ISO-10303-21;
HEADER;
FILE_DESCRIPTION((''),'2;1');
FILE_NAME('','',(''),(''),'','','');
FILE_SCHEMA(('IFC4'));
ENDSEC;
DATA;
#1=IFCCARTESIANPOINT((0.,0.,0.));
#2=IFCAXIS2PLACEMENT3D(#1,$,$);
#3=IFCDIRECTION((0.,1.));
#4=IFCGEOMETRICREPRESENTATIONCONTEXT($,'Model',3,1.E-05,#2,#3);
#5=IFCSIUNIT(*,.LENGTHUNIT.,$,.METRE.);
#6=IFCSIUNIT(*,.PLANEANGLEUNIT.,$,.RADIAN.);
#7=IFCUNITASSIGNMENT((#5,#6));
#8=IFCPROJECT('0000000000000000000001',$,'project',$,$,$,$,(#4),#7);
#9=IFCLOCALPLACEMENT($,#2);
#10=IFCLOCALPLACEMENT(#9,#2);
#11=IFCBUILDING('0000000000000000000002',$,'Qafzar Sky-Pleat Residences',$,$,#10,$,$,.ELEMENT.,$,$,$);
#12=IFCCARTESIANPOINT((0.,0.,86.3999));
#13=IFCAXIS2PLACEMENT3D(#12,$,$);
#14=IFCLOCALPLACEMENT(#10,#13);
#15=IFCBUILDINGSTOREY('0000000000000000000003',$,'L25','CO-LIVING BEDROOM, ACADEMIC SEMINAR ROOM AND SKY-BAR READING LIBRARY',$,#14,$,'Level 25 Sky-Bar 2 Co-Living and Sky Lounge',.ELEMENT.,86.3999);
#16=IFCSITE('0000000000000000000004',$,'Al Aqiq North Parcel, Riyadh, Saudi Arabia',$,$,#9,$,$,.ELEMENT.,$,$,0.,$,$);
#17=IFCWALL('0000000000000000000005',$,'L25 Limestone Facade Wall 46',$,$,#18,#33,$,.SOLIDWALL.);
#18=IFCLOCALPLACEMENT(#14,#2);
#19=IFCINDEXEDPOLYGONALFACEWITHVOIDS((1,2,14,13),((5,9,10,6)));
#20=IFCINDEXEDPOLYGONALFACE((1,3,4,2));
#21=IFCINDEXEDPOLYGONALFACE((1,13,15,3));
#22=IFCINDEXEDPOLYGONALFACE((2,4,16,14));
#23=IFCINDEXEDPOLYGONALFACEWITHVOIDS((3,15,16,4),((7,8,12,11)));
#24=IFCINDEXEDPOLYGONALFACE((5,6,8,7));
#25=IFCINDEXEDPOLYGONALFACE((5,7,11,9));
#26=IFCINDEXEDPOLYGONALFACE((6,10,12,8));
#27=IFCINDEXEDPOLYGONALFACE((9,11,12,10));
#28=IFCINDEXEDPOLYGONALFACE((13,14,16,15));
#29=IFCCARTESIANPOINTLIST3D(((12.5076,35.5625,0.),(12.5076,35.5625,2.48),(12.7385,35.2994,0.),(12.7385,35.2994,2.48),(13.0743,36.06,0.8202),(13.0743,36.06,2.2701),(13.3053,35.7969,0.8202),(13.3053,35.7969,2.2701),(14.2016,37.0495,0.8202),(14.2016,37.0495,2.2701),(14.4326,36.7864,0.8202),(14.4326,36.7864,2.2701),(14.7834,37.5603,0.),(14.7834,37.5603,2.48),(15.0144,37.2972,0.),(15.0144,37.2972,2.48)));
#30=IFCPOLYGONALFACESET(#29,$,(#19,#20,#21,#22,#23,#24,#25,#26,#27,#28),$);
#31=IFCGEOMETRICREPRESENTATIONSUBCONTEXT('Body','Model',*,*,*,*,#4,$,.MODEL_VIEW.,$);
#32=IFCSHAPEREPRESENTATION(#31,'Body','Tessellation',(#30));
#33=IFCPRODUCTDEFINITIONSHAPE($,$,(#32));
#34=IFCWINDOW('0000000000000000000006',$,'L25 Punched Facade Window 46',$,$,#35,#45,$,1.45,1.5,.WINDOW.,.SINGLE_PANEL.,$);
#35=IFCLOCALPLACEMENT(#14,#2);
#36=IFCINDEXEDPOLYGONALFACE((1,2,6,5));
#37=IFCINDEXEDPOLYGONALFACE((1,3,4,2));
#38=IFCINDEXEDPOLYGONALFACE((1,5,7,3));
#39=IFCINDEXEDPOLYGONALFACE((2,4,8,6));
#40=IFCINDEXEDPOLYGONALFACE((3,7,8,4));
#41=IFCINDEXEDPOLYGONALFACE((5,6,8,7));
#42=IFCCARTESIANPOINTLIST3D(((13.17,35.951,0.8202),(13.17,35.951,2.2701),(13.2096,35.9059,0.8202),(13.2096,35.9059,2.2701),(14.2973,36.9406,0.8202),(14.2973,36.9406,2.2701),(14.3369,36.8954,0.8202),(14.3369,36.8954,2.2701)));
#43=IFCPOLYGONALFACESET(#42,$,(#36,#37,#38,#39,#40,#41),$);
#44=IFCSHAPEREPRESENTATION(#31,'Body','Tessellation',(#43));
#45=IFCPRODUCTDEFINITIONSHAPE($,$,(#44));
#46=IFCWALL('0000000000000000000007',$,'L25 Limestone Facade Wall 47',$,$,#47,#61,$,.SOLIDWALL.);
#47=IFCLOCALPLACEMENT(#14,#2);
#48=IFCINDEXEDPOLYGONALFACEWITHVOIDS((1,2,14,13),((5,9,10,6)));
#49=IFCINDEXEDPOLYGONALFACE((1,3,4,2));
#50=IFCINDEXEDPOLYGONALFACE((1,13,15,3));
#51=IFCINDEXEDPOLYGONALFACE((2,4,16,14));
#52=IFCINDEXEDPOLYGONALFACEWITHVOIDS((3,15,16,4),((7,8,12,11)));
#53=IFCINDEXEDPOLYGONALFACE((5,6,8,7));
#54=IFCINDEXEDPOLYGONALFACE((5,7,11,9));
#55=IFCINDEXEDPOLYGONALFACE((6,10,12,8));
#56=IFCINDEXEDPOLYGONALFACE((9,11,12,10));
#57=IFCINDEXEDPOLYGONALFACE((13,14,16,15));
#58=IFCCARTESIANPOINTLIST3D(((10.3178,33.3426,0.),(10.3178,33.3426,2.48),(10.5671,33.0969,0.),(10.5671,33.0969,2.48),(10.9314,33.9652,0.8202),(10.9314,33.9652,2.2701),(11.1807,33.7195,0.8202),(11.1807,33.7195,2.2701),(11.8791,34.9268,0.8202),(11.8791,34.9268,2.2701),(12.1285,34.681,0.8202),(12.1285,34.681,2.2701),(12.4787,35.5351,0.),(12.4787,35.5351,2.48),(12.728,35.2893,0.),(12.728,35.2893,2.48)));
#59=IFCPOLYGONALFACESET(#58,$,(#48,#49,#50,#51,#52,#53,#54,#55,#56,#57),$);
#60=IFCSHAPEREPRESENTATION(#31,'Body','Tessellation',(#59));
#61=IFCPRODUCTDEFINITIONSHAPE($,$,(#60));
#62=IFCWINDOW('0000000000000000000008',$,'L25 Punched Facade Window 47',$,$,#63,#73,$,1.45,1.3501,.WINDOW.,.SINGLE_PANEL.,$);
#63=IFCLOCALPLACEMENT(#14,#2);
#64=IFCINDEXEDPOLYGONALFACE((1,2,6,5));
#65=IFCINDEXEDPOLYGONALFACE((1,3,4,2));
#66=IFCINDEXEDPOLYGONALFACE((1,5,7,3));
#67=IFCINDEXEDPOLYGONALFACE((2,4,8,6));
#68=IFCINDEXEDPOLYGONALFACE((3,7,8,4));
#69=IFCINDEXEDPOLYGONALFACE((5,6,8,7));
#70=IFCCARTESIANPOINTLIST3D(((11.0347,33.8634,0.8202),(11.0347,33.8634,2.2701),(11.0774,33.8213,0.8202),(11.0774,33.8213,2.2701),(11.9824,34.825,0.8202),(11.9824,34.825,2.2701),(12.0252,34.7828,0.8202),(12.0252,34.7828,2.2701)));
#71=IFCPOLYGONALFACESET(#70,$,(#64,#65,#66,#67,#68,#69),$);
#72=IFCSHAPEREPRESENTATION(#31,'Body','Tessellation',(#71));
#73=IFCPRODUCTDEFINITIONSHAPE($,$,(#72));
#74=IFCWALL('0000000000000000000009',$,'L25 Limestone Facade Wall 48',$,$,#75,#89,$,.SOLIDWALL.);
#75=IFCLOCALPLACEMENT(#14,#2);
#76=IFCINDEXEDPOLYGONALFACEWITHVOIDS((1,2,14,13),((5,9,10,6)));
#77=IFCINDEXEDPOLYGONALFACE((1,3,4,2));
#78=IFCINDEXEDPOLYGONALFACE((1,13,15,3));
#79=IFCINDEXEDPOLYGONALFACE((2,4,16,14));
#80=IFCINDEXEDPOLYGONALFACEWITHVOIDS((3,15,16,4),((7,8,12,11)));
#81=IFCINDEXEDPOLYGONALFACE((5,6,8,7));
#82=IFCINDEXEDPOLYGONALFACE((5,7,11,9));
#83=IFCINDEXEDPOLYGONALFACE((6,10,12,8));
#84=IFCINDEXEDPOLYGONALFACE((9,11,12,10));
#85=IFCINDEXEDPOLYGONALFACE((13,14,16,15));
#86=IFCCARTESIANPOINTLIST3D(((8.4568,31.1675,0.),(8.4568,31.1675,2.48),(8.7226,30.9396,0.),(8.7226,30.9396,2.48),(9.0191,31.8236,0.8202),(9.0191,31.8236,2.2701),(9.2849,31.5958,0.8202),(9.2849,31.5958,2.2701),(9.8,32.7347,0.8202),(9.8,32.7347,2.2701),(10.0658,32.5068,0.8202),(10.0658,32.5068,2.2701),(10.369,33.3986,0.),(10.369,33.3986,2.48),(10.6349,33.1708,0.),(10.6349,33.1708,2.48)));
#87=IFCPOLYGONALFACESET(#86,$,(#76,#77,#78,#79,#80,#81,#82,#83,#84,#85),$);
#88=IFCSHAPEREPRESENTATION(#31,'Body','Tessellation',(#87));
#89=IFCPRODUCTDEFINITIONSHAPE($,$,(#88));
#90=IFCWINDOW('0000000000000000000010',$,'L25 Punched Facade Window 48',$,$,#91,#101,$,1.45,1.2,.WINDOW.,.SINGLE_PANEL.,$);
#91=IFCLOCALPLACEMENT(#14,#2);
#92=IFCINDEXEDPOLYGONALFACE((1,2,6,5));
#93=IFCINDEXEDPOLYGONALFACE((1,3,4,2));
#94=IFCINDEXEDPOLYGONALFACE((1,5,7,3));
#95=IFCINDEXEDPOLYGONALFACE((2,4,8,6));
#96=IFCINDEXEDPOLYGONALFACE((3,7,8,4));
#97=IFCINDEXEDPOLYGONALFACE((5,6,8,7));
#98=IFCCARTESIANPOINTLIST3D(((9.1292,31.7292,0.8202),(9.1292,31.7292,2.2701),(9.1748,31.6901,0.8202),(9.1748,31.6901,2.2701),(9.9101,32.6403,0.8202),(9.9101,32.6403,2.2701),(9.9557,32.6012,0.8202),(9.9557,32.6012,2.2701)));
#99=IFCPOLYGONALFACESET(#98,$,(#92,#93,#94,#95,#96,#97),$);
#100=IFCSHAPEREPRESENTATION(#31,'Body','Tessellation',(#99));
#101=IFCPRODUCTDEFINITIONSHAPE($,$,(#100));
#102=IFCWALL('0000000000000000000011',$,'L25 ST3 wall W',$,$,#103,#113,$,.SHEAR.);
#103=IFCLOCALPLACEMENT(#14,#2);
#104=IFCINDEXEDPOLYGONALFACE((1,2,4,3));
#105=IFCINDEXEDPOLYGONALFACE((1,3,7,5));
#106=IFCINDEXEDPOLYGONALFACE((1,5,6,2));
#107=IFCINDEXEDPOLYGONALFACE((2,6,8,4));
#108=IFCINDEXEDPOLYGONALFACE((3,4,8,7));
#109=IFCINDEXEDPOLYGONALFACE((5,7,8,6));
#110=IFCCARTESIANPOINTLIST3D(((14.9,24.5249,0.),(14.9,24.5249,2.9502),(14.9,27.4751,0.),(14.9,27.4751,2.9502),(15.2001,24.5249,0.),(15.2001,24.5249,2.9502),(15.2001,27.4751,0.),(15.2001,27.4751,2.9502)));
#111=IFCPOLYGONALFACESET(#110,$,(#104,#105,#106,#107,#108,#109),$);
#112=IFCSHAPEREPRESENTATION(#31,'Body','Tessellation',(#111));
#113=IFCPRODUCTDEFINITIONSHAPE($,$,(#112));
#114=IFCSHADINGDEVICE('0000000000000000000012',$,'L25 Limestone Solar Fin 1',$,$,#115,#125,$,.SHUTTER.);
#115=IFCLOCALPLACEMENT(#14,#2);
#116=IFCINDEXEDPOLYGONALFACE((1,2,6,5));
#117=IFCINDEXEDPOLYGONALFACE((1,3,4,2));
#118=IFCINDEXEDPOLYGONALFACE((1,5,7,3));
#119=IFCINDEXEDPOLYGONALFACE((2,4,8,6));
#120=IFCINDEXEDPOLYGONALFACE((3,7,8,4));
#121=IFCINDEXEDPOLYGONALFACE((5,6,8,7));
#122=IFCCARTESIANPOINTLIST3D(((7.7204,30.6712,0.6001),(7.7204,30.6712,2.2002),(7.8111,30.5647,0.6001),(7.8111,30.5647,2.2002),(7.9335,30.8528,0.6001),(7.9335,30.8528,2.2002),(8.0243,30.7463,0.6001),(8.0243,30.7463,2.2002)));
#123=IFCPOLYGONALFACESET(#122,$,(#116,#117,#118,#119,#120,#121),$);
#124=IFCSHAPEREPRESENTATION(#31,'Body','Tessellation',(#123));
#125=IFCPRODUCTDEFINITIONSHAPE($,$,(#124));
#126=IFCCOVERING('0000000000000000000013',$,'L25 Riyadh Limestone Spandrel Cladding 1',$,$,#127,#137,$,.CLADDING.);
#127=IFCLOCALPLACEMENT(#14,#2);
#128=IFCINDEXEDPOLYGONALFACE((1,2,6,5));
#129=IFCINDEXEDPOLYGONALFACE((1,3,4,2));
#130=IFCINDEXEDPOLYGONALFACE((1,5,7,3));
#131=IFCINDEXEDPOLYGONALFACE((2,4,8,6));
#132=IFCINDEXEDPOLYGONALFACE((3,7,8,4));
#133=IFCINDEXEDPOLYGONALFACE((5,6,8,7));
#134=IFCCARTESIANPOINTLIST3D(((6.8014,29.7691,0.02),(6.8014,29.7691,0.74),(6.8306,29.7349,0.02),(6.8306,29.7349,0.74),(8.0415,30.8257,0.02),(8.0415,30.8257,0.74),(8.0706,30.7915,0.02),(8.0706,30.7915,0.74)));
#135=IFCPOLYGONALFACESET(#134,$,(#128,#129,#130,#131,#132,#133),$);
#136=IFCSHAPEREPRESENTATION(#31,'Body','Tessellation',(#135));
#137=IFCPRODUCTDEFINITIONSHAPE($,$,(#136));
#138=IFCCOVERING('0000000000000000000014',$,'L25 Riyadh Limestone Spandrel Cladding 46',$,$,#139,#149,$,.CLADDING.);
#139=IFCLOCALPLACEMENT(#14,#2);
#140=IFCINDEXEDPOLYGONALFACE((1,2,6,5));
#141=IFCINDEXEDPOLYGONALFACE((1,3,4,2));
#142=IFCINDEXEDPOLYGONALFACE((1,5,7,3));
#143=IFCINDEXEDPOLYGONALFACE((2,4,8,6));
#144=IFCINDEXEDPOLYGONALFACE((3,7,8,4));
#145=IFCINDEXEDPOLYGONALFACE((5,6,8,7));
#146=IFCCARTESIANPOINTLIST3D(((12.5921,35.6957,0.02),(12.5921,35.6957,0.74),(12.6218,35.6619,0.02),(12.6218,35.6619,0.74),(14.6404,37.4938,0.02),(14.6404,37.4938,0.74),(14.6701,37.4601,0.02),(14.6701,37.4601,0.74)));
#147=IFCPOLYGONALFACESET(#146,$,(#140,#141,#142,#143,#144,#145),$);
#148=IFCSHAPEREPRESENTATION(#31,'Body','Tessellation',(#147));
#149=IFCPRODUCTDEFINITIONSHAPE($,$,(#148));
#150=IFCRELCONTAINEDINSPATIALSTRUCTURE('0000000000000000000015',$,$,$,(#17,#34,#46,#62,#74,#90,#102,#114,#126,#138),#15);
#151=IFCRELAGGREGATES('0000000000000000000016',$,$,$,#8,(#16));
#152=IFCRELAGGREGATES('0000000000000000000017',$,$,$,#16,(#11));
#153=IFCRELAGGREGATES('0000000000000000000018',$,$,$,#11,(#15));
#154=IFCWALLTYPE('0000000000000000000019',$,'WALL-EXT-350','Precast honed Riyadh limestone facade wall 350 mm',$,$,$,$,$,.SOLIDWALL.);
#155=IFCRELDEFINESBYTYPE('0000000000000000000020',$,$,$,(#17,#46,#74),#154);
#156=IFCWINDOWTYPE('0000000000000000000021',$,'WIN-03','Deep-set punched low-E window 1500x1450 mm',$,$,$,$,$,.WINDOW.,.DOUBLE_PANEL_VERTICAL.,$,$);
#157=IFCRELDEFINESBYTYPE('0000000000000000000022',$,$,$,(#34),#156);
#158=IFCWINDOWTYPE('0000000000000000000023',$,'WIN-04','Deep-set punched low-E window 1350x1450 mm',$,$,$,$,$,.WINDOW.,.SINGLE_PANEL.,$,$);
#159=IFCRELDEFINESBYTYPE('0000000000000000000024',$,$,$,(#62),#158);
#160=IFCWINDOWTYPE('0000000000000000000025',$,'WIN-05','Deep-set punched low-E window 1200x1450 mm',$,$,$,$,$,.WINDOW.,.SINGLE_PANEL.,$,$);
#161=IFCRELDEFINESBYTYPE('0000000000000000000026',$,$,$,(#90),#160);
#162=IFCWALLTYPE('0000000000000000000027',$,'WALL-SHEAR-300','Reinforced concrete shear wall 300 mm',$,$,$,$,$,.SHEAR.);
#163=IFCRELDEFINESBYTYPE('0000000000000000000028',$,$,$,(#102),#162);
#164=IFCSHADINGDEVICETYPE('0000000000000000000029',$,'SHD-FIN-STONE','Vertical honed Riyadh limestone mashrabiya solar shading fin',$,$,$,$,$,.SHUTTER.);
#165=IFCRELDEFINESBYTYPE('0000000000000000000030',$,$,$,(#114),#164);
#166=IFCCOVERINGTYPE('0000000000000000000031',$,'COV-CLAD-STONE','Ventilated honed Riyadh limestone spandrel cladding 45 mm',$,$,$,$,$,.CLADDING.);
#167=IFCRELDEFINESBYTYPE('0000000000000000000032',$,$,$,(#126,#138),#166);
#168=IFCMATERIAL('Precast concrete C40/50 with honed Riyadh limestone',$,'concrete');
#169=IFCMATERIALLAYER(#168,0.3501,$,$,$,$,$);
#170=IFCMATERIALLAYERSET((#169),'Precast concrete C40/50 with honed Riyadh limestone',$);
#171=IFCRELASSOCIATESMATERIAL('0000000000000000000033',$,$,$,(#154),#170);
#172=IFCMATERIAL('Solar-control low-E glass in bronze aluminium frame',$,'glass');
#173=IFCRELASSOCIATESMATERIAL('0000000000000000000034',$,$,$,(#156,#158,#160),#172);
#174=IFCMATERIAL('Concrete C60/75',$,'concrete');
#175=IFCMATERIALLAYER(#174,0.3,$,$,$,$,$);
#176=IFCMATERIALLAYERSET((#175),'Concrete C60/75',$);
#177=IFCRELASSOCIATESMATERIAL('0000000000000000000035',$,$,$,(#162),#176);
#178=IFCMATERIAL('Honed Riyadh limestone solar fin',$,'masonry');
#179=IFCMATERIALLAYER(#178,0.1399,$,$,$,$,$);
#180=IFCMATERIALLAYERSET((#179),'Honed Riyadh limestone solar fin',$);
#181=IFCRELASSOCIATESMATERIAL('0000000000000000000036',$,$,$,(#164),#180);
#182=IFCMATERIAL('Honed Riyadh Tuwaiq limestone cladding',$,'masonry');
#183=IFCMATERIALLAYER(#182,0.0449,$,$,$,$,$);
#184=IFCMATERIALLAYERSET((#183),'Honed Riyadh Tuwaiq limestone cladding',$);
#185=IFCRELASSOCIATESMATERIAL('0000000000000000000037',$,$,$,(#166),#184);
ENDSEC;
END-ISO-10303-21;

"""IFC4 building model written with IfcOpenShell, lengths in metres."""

from ifc_helpers import new_model, si_unit, direction, frame, frame_2d, origin, origin_2d, place, context, subcontext, project, spatial, rectangle, extrude, source, transform, mapped, material, layer, layer_set, type_object, element, fill, save


model = new_model("IFC4")

# Units and contexts
model_context = context("Model", 3, precision=1e-05, world=origin(), true_north=direction((0.0, 1.0)))
body_context = subcontext(model_context, "Body", "Model", "MODEL_VIEW")
ifc_project = project(units=[si_unit("LENGTHUNIT", "METRE"), si_unit("PLANEANGLEUNIT", "RADIAN")], contexts=[model_context])

# Site, building, storey
site_placement = place(None, origin())
site = spatial("IfcSite", under=ifc_project, at=site_placement, Name="Al Aqiq North Parcel, Riyadh, Saudi Arabia", CompositionType="ELEMENT", RefElevation=0.0)
building_placement = place(site_placement, origin())
building = spatial("IfcBuilding", under=site, at=building_placement, Name="Qafzar Sky-Pleat Residences", CompositionType="ELEMENT")
storey_placement = place(building_placement, frame((0.0, 0.0, 86.3999)))
storey = spatial("IfcBuildingStorey", under=building, at=storey_placement, Name="L25", Description="CO-LIVING BEDROOM, ACADEMIC SEMINAR ROOM AND SKY-BAR READING LIBRARY", LongName="Level 25 Sky-Bar 2 Co-Living and Sky Lounge", CompositionType="ELEMENT", Elevation=86.3999)

# Shared definitions
ifc_material_1 = material(Name="Concrete C60/75", Category="concrete")

# Shared definitions
ifc_material_2 = material(Name="Precast concrete C40/50 with honed Riyadh limestone", Category="concrete")

# Walls, openings, windows
ifc_layer_1 = layer(ifc_material_2, 0.3501)
ifc_layer_set_1 = layer_set([ifc_layer_1], Name="Precast concrete C40/50 with honed Riyadh limestone")
wall_type_1 = type_object("IfcWallType", Name="WALL-EXT-350", Description="Precast honed Riyadh limestone facade wall 350 mm", PredefinedType="SOLIDWALL", material=ifc_layer_set_1)
ifc_material_3 = material(Name="Solar-control low-E glass in bronze aluminium frame", Category="glass")
wall_1_placement = place(storey_placement, frame((14.8989, 37.4287, 0.0), z_axis=(0.0, 0.0, 1.0), x_axis=(-0.751527, -0.659702, 0.0)))
wall_1 = element("IfcWall", 1, at=wall_1_placement, inside=storey, type_object=wall_type_1, Name="L25 Limestone Facade Wall 46", PredefinedType="SOLIDWALL", context=body_context, shape_type="SweptSolid", body=[
    extrude(rectangle(XDim=3.0283, YDim=0.3501, at=frame_2d((1.5142, 0.0))), origin(), (0.0, 0.0, 1.0), 2.48),
])
opening_1_placement = place(wall_1_placement, frame((0.7742, 0.0, 0.8201)))
opening_1 = element("IfcOpeningElement", 2, at=opening_1_placement, cuts=wall_1, PredefinedType="OPENING", context=body_context, shape_type="SweptSolid", body=[
    extrude(rectangle(XDim=1.5, YDim=1.45, at=frame_2d((0.75, 0.7251))), frame((0.0, 0.1851, 0.0), z_axis=(0.0, -1.0, 0.0), x_axis=(1.0, 0.0, 0.0)), (0.0, 0.0, 1.0), 0.3701),
])
window_type_1 = type_object("IfcWindowType", Name="WIN-03", Description="Deep-set punched low-E window 1500x1450 mm", PartitioningType="DOUBLE_PANEL_VERTICAL", PredefinedType="WINDOW", material=ifc_material_3)
shared_shape_1 = source(origin(), body_context, "Body", "SweptSolid", [
    extrude(rectangle(XDim=1.5, YDim=1.45, at=frame_2d((0.75, 0.7251))), frame((0.0, 0.03, 0.0), z_axis=(0.0, -1.0, 0.0), x_axis=(1.0, 0.0, 0.0)), (0.0, 0.0, 1.0), 0.0601),
])
window_1_placement = place(opening_1_placement, origin())
window_1 = element("IfcWindow", 3, at=window_1_placement, inside=storey, type_object=window_type_1, Name="L25 Punched Facade Window 46", OverallHeight=1.45, OverallWidth=1.5, PartitioningType="SINGLE_PANEL", PredefinedType="WINDOW", context=body_context, shape_type="MappedRepresentation", body=[
    mapped(shared_shape_1, transform((0.0, 0.0, 0.0), x_axis=(1.0, 0.0, 0.0), y_axis=(0.0, 1.0, 0.0), z_axis=(0.0, 0.0, 1.0), scale=1.0)),
])
fill(opening_1, window_1)
wall_2_placement = place(storey_placement, frame((12.6033, 35.4121, 0.0), z_axis=(0.0, 0.0, 1.0), x_axis=(-0.701973, -0.712204, 0.0)))
wall_2 = element("IfcWall", 4, at=wall_2_placement, inside=storey, type_object=wall_type_1, Name="L25 Limestone Facade Wall 47", PredefinedType="SOLIDWALL", context=body_context, shape_type="SweptSolid", body=[
    extrude(rectangle(XDim=3.0784, YDim=0.3501, at=frame_2d((1.5391, 0.0))), origin(), (0.0, 0.0, 1.0), 2.48),
])
opening_2_placement = place(wall_2_placement, frame((0.854, 0.0, 0.8201)))
opening_2 = element("IfcOpeningElement", 5, at=opening_2_placement, cuts=wall_2, PredefinedType="OPENING", context=body_context, shape_type="SweptSolid", body=[
    extrude(rectangle(XDim=1.3501, YDim=1.45, at=frame_2d((0.675, 0.7251))), frame((0.0, 0.1851, 0.0), z_axis=(0.0, -1.0, 0.0), x_axis=(1.0, 0.0, 0.0)), (0.0, 0.0, 1.0), 0.3701),
])
window_type_2 = type_object("IfcWindowType", Name="WIN-04", Description="Deep-set punched low-E window 1350x1450 mm", PartitioningType="SINGLE_PANEL", PredefinedType="WINDOW", material=ifc_material_3)
shared_shape_2 = source(origin(), body_context, "Body", "SweptSolid", [
    extrude(rectangle(XDim=1.3501, YDim=1.45, at=frame_2d((0.675, 0.7251))), frame((0.0, 0.03, 0.0), z_axis=(0.0, -1.0, 0.0), x_axis=(1.0, 0.0, 0.0)), (0.0, 0.0, 1.0), 0.0601),
])
window_2_placement = place(opening_2_placement, origin())
window_2 = element("IfcWindow", 6, at=window_2_placement, inside=storey, type_object=window_type_2, Name="L25 Punched Facade Window 47", OverallHeight=1.45, OverallWidth=1.3501, PartitioningType="SINGLE_PANEL", PredefinedType="WINDOW", context=body_context, shape_type="MappedRepresentation", body=[
    mapped(shared_shape_2, transform((0.0, 0.0, 0.0), x_axis=(1.0, 0.0, 0.0), y_axis=(0.0, 1.0, 0.0), z_axis=(0.0, 0.0, 1.0), scale=1.0)),
])
fill(opening_2, window_2)
wall_3_placement = place(storey_placement, frame((10.502, 33.2847, 0.0), z_axis=(0.0, 0.0, 1.0), x_axis=(-0.650771, -0.759274, 0.0)))
wall_3 = element("IfcWall", 7, at=wall_3_placement, inside=storey, type_object=wall_type_1, Name="L25 Limestone Facade Wall 48", PredefinedType="SOLIDWALL", context=body_context, shape_type="SweptSolid", body=[
    extrude(rectangle(XDim=2.9385, YDim=0.3501, at=frame_2d((1.4692, 0.0))), origin(), (0.0, 0.0, 1.0), 2.48),
])
opening_3_placement = place(wall_3_placement, frame((0.8743, 0.0, 0.8201)))
opening_3 = element("IfcOpeningElement", 8, at=opening_3_placement, cuts=wall_3, PredefinedType="OPENING", context=body_context, shape_type="SweptSolid", body=[
    extrude(rectangle(XDim=1.2, YDim=1.45, at=frame_2d((0.6001, 0.7251))), frame((0.0, 0.1851, 0.0), z_axis=(0.0, -1.0, 0.0), x_axis=(1.0, 0.0, 0.0)), (0.0, 0.0, 1.0), 0.3701),
])
window_type_3 = type_object("IfcWindowType", Name="WIN-05", Description="Deep-set punched low-E window 1200x1450 mm", PartitioningType="SINGLE_PANEL", PredefinedType="WINDOW", material=ifc_material_3)
shared_shape_3 = source(origin(), body_context, "Body", "SweptSolid", [
    extrude(rectangle(XDim=1.2, YDim=1.45, at=frame_2d((0.6001, 0.7251))), frame((0.0, 0.03, 0.0), z_axis=(0.0, -1.0, 0.0), x_axis=(1.0, 0.0, 0.0)), (0.0, 0.0, 1.0), 0.0601),
])
window_3_placement = place(opening_3_placement, origin())
window_3 = element("IfcWindow", 9, at=window_3_placement, inside=storey, type_object=window_type_3, Name="L25 Punched Facade Window 48", OverallHeight=1.45, OverallWidth=1.2, PartitioningType="SINGLE_PANEL", PredefinedType="WINDOW", context=body_context, shape_type="MappedRepresentation", body=[
    mapped(shared_shape_3, transform((0.0, 0.0, 0.0), x_axis=(1.0, 0.0, 0.0), y_axis=(0.0, 1.0, 0.0), z_axis=(0.0, 0.0, 1.0), scale=1.0)),
])
fill(opening_3, window_3)

# Wall
ifc_layer_2 = layer(ifc_material_1, 0.3)
ifc_layer_set_2 = layer_set([ifc_layer_2], Name="Concrete C60/75")
wall_type_2 = type_object("IfcWallType", Name="WALL-SHEAR-300", Description="Reinforced concrete shear wall 300 mm", PredefinedType="SHEAR", material=ifc_layer_set_2)
wall_4_placement = place(storey_placement, frame((15.05, 27.4751, 0.0), z_axis=(0.0, 0.0, 1.0), x_axis=(0.0, -1.0, 0.0)))
element("IfcWall", 10, at=wall_4_placement, inside=storey, type_object=wall_type_2, Name="L25 ST3 wall W", PredefinedType="SHEAR", context=body_context, shape_type="SweptSolid", body=[
    extrude(rectangle(XDim=2.9502, YDim=0.3, at=frame_2d((1.4751, 0.0))), origin(), (0.0, 0.0, 1.0), 2.9502),
])

# Shading device
ifc_material_4 = material(Name="Honed Riyadh limestone solar fin", Category="masonry")
ifc_layer_3 = layer(ifc_material_4, 0.1399)
ifc_layer_set_3 = layer_set([ifc_layer_3], Name="Honed Riyadh limestone solar fin")
shading_device_type = type_object("IfcShadingDeviceType", Name="SHD-FIN-STONE", Description="Vertical honed Riyadh limestone mashrabiya solar shading fin", PredefinedType="SHUTTER", material=ifc_layer_set_3)
shared_shape_4 = source(origin(), body_context, "Body", "SweptSolid", [
    extrude(rectangle(XDim=0.1399, YDim=0.28, at=origin_2d()), origin(), (0.0, 0.0, 1.0), 1.6001),
])
shading_device_placement = place(storey_placement, frame((7.8723, 30.7087, 0.6001), z_axis=(0.0, 0.0, 1.0), x_axis=(-0.648554, 0.761169, 0.0)))
element("IfcShadingDevice", 11, at=shading_device_placement, inside=storey, type_object=shading_device_type, Name="L25 Limestone Solar Fin 1", PredefinedType="SHUTTER", context=body_context, shape_type="MappedRepresentation", body=[
    mapped(shared_shape_4, transform((0.0, 0.0, 0.0), x_axis=(1.0, 0.0, 0.0), y_axis=(0.0, 1.0, 0.0), z_axis=(0.0, 0.0, 1.0), scale=1.0)),
])

# Coverings
ifc_material_5 = material(Name="Honed Riyadh Tuwaiq limestone cladding", Category="masonry")
ifc_layer_4 = layer(ifc_material_5, 0.0449)
ifc_layer_set_4 = layer_set([ifc_layer_4], Name="Honed Riyadh Tuwaiq limestone cladding")
covering_type = type_object("IfcCoveringType", Name="COV-CLAD-STONE", Description="Ventilated honed Riyadh limestone spandrel cladding 45 mm", PredefinedType="CLADDING", material=ifc_layer_set_4)
shared_shape_5 = source(origin(), body_context, "Body", "SweptSolid", [
    extrude(rectangle(XDim=1.6292, YDim=0.0449, at=origin_2d()), origin(), (0.0, 0.0, 1.0), 0.72),
])
covering_1_placement = place(storey_placement, frame((7.436, 30.2803, 0.02), z_axis=(0.0, 0.0, 1.0), x_axis=(-0.76116, -0.648564, 0.0)))
element("IfcCovering", 12, at=covering_1_placement, inside=storey, type_object=covering_type, Name="L25 Riyadh Limestone Spandrel Cladding 1", PredefinedType="CLADDING", context=body_context, shape_type="MappedRepresentation", body=[
    mapped(shared_shape_5, transform((0.0, 0.0, 0.0), x_axis=(1.0, 0.0, 0.0), y_axis=(0.0, 1.0, 0.0), z_axis=(0.0, 0.0, 1.0), scale=1.0)),
])
shared_shape_6 = source(origin(), body_context, "Body", "SweptSolid", [
    extrude(rectangle(XDim=2.7256, YDim=0.0449, at=origin_2d()), origin(), (0.0, 0.0, 1.0), 0.72),
])
covering_2_placement = place(storey_placement, frame((13.6311, 36.5779, 0.02), z_axis=(0.0, 0.0, 1.0), x_axis=(-0.751516, -0.659715, 0.0)))
element("IfcCovering", 13, at=covering_2_placement, inside=storey, type_object=covering_type, Name="L25 Riyadh Limestone Spandrel Cladding 46", PredefinedType="CLADDING", context=body_context, shape_type="MappedRepresentation", body=[
    mapped(shared_shape_6, transform((0.0, 0.0, 0.0), x_axis=(1.0, 0.0, 0.0), y_axis=(0.0, 1.0, 0.0), z_axis=(0.0, 0.0, 1.0), scale=1.0)),
])

save(model, "model.ifc")
